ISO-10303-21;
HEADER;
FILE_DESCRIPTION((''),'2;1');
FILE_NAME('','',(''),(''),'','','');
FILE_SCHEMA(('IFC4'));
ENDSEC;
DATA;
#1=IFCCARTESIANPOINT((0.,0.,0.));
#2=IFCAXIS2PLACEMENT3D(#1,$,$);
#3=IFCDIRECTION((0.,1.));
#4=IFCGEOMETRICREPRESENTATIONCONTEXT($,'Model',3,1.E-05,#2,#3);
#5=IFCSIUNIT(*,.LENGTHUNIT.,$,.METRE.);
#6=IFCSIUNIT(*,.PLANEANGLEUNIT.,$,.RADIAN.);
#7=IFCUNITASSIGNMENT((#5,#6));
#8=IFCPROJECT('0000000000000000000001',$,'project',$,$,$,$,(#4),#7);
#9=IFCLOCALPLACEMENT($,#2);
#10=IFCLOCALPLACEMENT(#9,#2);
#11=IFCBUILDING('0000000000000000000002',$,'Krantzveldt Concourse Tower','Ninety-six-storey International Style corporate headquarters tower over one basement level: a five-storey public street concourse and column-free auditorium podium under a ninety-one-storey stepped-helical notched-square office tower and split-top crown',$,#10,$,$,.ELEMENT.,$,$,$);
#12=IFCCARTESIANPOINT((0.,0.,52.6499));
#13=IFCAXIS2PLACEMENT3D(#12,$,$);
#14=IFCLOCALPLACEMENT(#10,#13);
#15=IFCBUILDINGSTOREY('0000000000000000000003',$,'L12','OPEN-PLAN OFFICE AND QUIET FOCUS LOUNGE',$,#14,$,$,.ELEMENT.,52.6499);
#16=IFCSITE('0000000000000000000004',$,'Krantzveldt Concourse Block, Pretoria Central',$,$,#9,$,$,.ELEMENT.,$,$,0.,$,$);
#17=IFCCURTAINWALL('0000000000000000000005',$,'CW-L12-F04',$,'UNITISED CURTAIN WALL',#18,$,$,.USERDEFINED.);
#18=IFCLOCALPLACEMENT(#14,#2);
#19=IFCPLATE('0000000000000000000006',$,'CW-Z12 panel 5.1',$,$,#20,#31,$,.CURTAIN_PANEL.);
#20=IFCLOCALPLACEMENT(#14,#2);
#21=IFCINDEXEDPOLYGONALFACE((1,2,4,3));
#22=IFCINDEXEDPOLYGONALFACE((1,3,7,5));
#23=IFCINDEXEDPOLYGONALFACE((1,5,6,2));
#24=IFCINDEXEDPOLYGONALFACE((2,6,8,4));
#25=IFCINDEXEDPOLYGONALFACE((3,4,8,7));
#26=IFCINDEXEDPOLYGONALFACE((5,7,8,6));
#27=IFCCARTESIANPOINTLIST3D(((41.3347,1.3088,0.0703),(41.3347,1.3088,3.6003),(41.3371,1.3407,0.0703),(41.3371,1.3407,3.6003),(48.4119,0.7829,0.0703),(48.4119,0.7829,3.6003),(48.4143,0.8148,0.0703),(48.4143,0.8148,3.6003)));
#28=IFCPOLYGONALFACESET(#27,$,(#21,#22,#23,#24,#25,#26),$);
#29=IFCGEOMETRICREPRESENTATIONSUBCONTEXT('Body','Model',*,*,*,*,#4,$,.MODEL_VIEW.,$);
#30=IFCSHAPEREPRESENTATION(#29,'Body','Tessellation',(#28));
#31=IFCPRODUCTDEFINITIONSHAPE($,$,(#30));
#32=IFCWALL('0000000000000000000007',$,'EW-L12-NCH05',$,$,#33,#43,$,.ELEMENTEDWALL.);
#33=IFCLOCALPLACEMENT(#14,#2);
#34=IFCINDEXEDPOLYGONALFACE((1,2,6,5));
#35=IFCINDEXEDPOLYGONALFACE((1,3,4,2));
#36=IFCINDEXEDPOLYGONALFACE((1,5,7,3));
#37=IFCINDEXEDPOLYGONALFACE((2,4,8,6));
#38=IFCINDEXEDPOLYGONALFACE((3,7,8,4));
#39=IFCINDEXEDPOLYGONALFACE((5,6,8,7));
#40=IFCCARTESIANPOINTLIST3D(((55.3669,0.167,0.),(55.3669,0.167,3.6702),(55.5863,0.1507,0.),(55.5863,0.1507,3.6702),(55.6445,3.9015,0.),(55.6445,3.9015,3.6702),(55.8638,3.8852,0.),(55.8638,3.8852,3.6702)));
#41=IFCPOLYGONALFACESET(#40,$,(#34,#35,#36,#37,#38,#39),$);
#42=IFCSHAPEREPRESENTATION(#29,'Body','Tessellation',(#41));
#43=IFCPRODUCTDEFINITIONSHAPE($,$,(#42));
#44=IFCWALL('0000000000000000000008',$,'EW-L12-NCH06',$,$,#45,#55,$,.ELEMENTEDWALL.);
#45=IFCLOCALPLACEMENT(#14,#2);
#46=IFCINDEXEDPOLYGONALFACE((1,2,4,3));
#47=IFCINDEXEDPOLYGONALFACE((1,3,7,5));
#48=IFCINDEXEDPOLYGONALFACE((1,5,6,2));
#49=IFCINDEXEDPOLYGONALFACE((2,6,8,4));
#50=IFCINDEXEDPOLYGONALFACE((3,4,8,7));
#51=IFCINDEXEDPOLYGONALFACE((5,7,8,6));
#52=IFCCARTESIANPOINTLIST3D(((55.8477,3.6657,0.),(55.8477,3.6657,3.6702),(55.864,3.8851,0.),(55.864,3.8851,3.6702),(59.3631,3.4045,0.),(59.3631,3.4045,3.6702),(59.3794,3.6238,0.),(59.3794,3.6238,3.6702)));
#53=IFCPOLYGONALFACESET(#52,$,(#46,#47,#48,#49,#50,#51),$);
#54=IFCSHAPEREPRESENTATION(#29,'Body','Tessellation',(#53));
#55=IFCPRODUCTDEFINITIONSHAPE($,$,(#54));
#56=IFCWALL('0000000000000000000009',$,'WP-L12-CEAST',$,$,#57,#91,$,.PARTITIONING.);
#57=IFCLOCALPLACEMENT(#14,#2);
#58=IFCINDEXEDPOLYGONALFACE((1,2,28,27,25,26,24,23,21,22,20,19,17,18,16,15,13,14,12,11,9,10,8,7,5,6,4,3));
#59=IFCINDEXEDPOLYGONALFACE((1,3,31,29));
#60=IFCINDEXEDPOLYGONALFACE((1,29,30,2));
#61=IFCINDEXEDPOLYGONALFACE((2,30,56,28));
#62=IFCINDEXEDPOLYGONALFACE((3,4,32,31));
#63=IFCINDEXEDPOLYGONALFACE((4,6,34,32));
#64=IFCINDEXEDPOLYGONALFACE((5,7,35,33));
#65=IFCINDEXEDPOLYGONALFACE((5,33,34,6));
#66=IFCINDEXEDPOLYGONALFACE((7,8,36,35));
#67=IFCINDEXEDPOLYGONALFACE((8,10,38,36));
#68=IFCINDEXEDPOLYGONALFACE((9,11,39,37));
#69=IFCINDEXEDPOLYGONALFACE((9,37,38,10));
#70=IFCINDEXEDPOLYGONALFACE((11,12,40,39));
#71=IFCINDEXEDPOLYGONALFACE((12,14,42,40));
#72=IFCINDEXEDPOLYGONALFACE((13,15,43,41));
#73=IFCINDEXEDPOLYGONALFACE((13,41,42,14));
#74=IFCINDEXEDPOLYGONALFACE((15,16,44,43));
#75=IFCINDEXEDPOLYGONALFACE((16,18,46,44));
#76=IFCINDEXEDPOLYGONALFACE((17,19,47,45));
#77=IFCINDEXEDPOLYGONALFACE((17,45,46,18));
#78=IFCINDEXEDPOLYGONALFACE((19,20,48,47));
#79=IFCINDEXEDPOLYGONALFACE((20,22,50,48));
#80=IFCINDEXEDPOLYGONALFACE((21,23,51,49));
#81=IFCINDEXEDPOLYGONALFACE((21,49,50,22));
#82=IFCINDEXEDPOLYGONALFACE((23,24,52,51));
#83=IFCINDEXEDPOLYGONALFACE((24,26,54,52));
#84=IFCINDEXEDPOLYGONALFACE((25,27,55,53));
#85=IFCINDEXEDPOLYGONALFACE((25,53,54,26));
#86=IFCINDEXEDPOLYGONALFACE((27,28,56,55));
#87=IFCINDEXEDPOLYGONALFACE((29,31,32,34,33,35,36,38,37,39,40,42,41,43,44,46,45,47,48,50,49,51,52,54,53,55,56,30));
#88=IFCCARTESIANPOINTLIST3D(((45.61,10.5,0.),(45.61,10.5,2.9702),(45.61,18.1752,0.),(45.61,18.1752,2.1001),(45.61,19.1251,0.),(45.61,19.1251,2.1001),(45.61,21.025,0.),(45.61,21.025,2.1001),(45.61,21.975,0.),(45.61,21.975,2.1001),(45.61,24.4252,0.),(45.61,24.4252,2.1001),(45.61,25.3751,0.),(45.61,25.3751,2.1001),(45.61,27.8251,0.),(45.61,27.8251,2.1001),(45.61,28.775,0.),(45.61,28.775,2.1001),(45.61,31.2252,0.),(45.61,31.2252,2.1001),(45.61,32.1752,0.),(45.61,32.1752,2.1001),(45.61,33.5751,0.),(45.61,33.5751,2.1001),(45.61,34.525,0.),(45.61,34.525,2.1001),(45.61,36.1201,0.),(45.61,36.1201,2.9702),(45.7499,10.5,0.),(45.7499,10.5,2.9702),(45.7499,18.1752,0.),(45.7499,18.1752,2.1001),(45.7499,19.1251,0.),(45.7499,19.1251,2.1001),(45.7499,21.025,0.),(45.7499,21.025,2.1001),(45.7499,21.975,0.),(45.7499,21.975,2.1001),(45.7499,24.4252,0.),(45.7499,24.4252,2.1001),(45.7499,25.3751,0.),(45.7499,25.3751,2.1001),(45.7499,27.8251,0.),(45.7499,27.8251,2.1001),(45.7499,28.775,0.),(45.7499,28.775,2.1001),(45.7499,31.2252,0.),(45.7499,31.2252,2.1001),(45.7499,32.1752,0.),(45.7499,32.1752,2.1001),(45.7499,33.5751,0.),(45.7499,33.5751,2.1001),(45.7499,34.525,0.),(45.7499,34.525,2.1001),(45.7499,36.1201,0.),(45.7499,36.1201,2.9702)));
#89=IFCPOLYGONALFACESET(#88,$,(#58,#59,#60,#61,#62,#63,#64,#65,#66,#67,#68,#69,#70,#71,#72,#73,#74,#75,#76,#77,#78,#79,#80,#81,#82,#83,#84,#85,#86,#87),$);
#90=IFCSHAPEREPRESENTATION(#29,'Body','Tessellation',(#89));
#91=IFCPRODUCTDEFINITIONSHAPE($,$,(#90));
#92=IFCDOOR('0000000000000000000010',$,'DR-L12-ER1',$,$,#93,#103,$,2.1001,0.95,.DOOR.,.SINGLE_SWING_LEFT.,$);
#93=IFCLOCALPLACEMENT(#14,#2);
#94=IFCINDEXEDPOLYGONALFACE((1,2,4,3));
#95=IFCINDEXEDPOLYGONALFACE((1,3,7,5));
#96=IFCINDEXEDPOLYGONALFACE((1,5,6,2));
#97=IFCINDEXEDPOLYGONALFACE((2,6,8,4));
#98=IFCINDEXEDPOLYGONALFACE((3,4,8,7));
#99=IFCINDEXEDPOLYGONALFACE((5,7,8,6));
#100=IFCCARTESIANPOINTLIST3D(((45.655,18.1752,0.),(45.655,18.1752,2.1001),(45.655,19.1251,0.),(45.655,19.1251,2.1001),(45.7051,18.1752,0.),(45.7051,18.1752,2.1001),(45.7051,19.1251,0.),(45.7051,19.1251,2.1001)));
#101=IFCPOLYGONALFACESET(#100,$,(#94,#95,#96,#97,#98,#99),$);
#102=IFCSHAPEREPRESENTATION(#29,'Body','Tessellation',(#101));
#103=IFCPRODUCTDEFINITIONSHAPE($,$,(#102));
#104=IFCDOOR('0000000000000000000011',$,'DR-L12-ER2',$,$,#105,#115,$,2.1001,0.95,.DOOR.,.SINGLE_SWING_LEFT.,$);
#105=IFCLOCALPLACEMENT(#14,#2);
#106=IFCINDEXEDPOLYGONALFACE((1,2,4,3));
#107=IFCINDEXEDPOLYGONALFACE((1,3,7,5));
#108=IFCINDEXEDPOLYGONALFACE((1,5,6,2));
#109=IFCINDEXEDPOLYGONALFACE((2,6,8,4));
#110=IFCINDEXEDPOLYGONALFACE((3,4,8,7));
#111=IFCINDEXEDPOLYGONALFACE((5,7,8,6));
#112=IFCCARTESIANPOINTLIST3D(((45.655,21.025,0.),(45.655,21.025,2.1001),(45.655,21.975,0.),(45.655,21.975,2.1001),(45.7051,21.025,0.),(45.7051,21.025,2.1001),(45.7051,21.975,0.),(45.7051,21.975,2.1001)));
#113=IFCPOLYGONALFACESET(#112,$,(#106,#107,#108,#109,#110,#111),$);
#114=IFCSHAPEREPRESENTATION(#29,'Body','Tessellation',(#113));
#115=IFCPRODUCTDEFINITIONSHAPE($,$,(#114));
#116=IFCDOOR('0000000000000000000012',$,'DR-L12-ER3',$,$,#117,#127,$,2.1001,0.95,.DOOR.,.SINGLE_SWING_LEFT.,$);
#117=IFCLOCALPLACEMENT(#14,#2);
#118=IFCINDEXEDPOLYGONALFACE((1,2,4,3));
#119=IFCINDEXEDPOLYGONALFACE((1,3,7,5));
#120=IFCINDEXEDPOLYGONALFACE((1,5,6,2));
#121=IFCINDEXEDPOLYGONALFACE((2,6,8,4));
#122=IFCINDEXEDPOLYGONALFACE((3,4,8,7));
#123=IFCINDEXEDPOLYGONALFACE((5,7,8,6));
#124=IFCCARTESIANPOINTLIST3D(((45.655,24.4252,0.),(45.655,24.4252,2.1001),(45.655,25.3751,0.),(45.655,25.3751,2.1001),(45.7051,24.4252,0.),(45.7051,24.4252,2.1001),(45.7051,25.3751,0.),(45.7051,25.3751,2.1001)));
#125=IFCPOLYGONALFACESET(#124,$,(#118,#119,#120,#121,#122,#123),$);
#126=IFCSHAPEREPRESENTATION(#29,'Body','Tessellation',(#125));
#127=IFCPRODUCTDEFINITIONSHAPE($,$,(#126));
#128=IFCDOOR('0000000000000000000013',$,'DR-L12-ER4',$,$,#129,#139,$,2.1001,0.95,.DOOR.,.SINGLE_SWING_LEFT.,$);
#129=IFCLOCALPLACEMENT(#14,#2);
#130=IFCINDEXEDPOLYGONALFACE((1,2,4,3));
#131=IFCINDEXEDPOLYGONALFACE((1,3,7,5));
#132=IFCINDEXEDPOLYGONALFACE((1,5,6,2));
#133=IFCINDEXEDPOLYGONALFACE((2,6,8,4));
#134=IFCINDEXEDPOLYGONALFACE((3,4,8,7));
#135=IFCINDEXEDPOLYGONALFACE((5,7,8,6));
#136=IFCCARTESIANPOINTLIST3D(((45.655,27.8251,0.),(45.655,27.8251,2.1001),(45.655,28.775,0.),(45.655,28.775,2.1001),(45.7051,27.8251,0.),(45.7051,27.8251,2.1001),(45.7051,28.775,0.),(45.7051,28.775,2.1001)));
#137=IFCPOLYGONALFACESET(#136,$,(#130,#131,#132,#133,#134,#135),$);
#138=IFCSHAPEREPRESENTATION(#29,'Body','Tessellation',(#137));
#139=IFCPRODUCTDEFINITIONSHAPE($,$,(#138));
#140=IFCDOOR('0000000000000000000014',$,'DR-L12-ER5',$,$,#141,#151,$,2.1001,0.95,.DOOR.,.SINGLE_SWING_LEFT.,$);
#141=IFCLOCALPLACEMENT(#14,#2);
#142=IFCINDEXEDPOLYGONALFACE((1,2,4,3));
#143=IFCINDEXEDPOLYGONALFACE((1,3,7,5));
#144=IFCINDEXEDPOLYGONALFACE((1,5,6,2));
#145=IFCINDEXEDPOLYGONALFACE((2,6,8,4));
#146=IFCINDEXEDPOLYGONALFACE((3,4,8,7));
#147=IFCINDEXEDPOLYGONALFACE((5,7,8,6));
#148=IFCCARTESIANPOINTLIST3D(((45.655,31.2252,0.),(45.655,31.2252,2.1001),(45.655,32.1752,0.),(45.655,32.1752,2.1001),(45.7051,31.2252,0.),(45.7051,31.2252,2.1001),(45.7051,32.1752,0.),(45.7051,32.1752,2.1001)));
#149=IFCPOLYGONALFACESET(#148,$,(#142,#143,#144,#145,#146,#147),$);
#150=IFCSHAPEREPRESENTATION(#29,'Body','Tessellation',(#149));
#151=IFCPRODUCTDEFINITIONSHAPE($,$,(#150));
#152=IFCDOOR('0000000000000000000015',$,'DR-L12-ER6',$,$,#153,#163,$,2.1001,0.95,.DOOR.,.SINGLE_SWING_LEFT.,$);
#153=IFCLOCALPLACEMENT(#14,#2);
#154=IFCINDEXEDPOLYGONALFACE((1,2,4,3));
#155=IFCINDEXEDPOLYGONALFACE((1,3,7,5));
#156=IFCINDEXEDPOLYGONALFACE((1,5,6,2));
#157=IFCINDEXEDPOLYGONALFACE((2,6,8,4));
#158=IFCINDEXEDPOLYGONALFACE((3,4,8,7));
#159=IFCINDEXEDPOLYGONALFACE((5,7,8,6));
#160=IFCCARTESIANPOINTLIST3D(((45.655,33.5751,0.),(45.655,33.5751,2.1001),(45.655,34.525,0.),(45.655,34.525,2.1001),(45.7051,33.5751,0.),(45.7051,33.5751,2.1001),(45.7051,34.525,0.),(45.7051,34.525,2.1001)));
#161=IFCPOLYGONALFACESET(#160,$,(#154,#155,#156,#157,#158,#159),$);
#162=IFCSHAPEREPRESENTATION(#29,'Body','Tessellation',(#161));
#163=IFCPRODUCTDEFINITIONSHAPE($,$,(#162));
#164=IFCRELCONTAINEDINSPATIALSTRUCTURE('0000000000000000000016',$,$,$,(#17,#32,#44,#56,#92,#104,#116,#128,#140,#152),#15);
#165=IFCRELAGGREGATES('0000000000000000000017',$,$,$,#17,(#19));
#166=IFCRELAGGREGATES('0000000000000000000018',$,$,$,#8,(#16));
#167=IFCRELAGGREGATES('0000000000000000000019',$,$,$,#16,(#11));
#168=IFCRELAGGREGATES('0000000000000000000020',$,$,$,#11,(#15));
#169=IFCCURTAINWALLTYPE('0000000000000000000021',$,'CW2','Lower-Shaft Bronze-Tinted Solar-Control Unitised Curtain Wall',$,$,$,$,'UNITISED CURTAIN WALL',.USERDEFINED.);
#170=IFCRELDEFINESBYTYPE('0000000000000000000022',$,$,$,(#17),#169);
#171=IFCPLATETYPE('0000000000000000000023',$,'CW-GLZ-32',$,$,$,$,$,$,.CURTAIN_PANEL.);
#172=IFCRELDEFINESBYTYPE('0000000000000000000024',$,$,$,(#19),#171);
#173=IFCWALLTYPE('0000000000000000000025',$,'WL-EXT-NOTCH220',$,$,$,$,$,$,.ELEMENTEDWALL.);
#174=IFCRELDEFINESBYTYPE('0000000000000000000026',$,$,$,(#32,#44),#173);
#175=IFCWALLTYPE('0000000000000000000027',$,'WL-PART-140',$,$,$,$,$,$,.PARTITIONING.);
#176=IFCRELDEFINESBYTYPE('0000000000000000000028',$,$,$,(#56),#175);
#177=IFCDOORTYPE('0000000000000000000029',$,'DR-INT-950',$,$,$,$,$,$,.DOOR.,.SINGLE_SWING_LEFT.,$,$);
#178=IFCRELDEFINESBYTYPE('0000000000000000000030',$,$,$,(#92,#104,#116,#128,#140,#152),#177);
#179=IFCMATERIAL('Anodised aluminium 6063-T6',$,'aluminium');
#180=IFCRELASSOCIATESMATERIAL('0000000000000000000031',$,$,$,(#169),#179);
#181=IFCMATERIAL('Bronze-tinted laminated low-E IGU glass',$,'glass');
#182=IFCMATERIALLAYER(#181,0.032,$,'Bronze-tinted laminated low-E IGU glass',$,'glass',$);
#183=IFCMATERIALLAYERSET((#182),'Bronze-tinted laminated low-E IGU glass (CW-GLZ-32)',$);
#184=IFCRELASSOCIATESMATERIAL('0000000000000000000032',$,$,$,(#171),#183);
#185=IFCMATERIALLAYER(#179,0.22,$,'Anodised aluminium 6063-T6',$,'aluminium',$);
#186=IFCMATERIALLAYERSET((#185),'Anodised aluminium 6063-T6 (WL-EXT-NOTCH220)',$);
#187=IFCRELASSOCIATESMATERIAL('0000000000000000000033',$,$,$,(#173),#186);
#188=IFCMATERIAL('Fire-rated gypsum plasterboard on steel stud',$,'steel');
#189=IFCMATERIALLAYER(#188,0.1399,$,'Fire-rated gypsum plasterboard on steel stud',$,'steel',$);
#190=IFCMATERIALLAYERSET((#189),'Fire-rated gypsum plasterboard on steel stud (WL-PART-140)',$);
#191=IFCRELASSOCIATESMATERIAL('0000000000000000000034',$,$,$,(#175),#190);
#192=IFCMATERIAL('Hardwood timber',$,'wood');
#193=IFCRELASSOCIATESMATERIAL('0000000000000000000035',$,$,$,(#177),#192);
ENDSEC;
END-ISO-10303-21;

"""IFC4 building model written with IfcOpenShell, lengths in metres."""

from ifc_helpers import new_model, si_unit, direction, frame, frame_2d, origin, origin_2d, place, context, subcontext, project, spatial, rectangle, extrude, source, transform, mapped, material, layer, layer_set, type_object, element, fill, aggregate, save


model = new_model("IFC4")

# Units and contexts
model_context = context("Model", 3, precision=1e-05, world=origin(), true_north=direction((0.0, 1.0)))
body_context = subcontext(model_context, "Body", "Model", "MODEL_VIEW")
ifc_project = project(units=[si_unit("LENGTHUNIT", "METRE"), si_unit("PLANEANGLEUNIT", "RADIAN")], contexts=[model_context])

# Site, building, storey
site_placement = place(None, origin())
site = spatial("IfcSite", under=ifc_project, at=site_placement, Name="Krantzveldt Concourse Block, Pretoria Central", CompositionType="ELEMENT", RefElevation=0.0)
building_placement = place(site_placement, origin())
building = spatial("IfcBuilding", under=site, at=building_placement, Name="Krantzveldt Concourse Tower", Description="Ninety-six-storey International Style corporate headquarters tower over one basement level: a five-storey public street concourse and column-free auditorium podium under a ninety-one-storey stepped-helical notched-square office tower and split-top crown", CompositionType="ELEMENT")
storey_placement = place(building_placement, frame((0.0, 0.0, 52.6499)))
storey = spatial("IfcBuildingStorey", under=building, at=storey_placement, Name="L12", Description="OPEN-PLAN OFFICE AND QUIET FOCUS LOUNGE", CompositionType="ELEMENT", Elevation=52.6499)

# Curtain wall
ifc_material_1 = material(Name="Anodised aluminium 6063-T6", Category="aluminium")
curtain_wall_type = type_object("IfcCurtainWallType", Name="CW2", Description="Lower-Shaft Bronze-Tinted Solar-Control Unitised Curtain Wall", ElementType="UNITISED CURTAIN WALL", PredefinedType="USERDEFINED", material=ifc_material_1)
curtain_wall_1_placement = place(storey_placement, origin())
curtain_wall_1 = element("IfcCurtainWall", 1, at=curtain_wall_1_placement, inside=storey, type_object=curtain_wall_type, Name="CW-L12-F04", ObjectType="UNITISED CURTAIN WALL", PredefinedType="USERDEFINED")

# Plate
ifc_material_2 = material(Name="Bronze-tinted laminated low-E IGU glass", Category="glass")
ifc_layer_1 = layer(ifc_material_2, 0.032, Name="Bronze-tinted laminated low-E IGU glass", Category="glass")
ifc_layer_set_1 = layer_set([ifc_layer_1], Name="Bronze-tinted laminated low-E IGU glass (CW-GLZ-32)")
plate_type = type_object("IfcPlateType", Name="CW-GLZ-32", PredefinedType="CURTAIN_PANEL", material=ifc_layer_set_1)
shared_shape_1 = source(origin(), body_context, "Body", "SweptSolid", [
    extrude(rectangle(XDim=7.0967, YDim=0.032, at=origin_2d()), origin(), (0.0, 0.0, 1.0), 3.53),
])
plate_1_placement = place(storey_placement, frame((44.8745, 1.0618, 0.0703), z_axis=(0.0, 0.0, 1.0), x_axis=(0.99725, -0.074109, 0.0)))
plate_1 = element("IfcPlate", 2, at=plate_1_placement, type_object=plate_type, Name="CW-Z12 panel 5.1", PredefinedType="CURTAIN_PANEL", context=body_context, shape_type="MappedRepresentation", body=[
    mapped(shared_shape_1, transform((0.0, 0.0, 0.0), x_axis=(1.0, 0.0, 0.0), y_axis=(0.0, 1.0, 0.0), z_axis=(0.0, 0.0, 1.0), scale=1.0)),
])
aggregate(curtain_wall_1, [plate_1])

# Walls
ifc_layer_2 = layer(ifc_material_1, 0.22, Name="Anodised aluminium 6063-T6", Category="aluminium")
ifc_layer_set_2 = layer_set([ifc_layer_2], Name="Anodised aluminium 6063-T6 (WL-EXT-NOTCH220)")
wall_type_1 = type_object("IfcWallType", Name="WL-EXT-NOTCH220", PredefinedType="ELEMENTEDWALL", material=ifc_layer_set_2)
wall_1_placement = place(storey_placement, frame((55.4766, 0.1587, 0.0), z_axis=(0.0, 0.0, 1.0), x_axis=(0.074124, 0.997249, 0.0)))
element("IfcWall", 3, at=wall_1_placement, inside=storey, type_object=wall_type_1, Name="EW-L12-NCH05", PredefinedType="ELEMENTEDWALL", context=body_context, shape_type="SweptSolid", body=[
    extrude(rectangle(XDim=3.7449, YDim=0.22, at=frame_2d((1.8726, 0.0))), origin(), (0.0, 0.0, 1.0), 3.6702),
])
wall_2_placement = place(storey_placement, frame((55.8557, 3.7754, 0.0), z_axis=(0.0, 0.0, 1.0), x_axis=(0.99725, -0.074106, 0.0)))
element("IfcWall", 4, at=wall_2_placement, inside=storey, type_object=wall_type_1, Name="EW-L12-NCH06", PredefinedType="ELEMENTEDWALL", context=body_context, shape_type="SweptSolid", body=[
    extrude(rectangle(XDim=3.5251, YDim=0.22, at=frame_2d((1.7627, 0.0))), origin(), (0.0, 0.0, 1.0), 3.6702),
])

# Wall, openings, doors
ifc_material_3 = material(Name="Fire-rated gypsum plasterboard on steel stud", Category="steel")
ifc_layer_3 = layer(ifc_material_3, 0.1399, Name="Fire-rated gypsum plasterboard on steel stud", Category="steel")
ifc_layer_set_3 = layer_set([ifc_layer_3], Name="Fire-rated gypsum plasterboard on steel stud (WL-PART-140)")
wall_type_2 = type_object("IfcWallType", Name="WL-PART-140", PredefinedType="PARTITIONING", material=ifc_layer_set_3)
wall_3_placement = place(storey_placement, frame((45.6799, 10.5, 0.0), z_axis=(0.0, 0.0, 1.0), x_axis=(0.0, 1.0, 0.0)))
wall_3 = element("IfcWall", 5, at=wall_3_placement, inside=storey, type_object=wall_type_2, Name="WP-L12-CEAST", PredefinedType="PARTITIONING", context=body_context, shape_type="SweptSolid", body=[
    extrude(rectangle(XDim=25.6201, YDim=0.1399, at=frame_2d((12.8101, 0.0))), origin(), (0.0, 0.0, 1.0), 2.9702),
])
opening_1_placement = place(wall_3_placement, frame((7.675, 0.0, 0.0)))
opening_1 = element("IfcOpeningElement", 6, at=opening_1_placement, cuts=wall_3, PredefinedType="OPENING", context=body_context, shape_type="SweptSolid", body=[
    extrude(rectangle(XDim=0.95, YDim=2.1001, at=frame_2d((0.4751, 1.05))), frame((0.0, 0.0801, 0.0), z_axis=(0.0, -1.0, 0.0), x_axis=(1.0, 0.0, 0.0)), (0.0, 0.0, 1.0), 0.1599),
])
opening_2_placement = place(wall_3_placement, frame((10.5249, 0.0, 0.0)))
opening_2 = element("IfcOpeningElement", 7, at=opening_2_placement, cuts=wall_3, PredefinedType="OPENING", context=body_context, shape_type="SweptSolid", body=[
    extrude(rectangle(XDim=0.95, YDim=2.1001, at=frame_2d((0.4751, 1.05))), frame((0.0, 0.0801, 0.0), z_axis=(0.0, -1.0, 0.0), x_axis=(1.0, 0.0, 0.0)), (0.0, 0.0, 1.0), 0.1599),
])
opening_3_placement = place(wall_3_placement, frame((13.925, 0.0, 0.0)))
opening_3 = element("IfcOpeningElement", 8, at=opening_3_placement, cuts=wall_3, PredefinedType="OPENING", context=body_context, shape_type="SweptSolid", body=[
    extrude(rectangle(XDim=0.95, YDim=2.1001, at=frame_2d((0.4751, 1.05))), frame((0.0, 0.0801, 0.0), z_axis=(0.0, -1.0, 0.0), x_axis=(1.0, 0.0, 0.0)), (0.0, 0.0, 1.0), 0.1599),
])
opening_4_placement = place(wall_3_placement, frame((17.325, 0.0, 0.0)))
opening_4 = element("IfcOpeningElement", 9, at=opening_4_placement, cuts=wall_3, PredefinedType="OPENING", context=body_context, shape_type="SweptSolid", body=[
    extrude(rectangle(XDim=0.95, YDim=2.1001, at=frame_2d((0.4751, 1.05))), frame((0.0, 0.0801, 0.0), z_axis=(0.0, -1.0, 0.0), x_axis=(1.0, 0.0, 0.0)), (0.0, 0.0, 1.0), 0.1599),
])
opening_5_placement = place(wall_3_placement, frame((20.7251, 0.0, 0.0)))
opening_5 = element("IfcOpeningElement", 10, at=opening_5_placement, cuts=wall_3, PredefinedType="OPENING", context=body_context, shape_type="SweptSolid", body=[
    extrude(rectangle(XDim=0.95, YDim=2.1001, at=frame_2d((0.4751, 1.05))), frame((0.0, 0.0801, 0.0), z_axis=(0.0, -1.0, 0.0), x_axis=(1.0, 0.0, 0.0)), (0.0, 0.0, 1.0), 0.1599),
])
opening_6_placement = place(wall_3_placement, frame((23.075, 0.0, 0.0)))
opening_6 = element("IfcOpeningElement", 11, at=opening_6_placement, cuts=wall_3, PredefinedType="OPENING", context=body_context, shape_type="SweptSolid", body=[
    extrude(rectangle(XDim=0.95, YDim=2.1001, at=frame_2d((0.4751, 1.05))), frame((0.0, 0.0801, 0.0), z_axis=(0.0, -1.0, 0.0), x_axis=(1.0, 0.0, 0.0)), (0.0, 0.0, 1.0), 0.1599),
])
ifc_material_4 = material(Name="Hardwood timber", Category="wood")
door_type = type_object("IfcDoorType", Name="DR-INT-950", OperationType="SINGLE_SWING_LEFT", PredefinedType="DOOR", material=ifc_material_4)
door_1_placement = place(opening_1_placement, origin())
door_1 = element("IfcDoor", 12, at=door_1_placement, inside=storey, type_object=door_type, Name="DR-L12-ER1", OperationType="SINGLE_SWING_LEFT", OverallHeight=2.1001, OverallWidth=0.95, PredefinedType="DOOR", context=body_context, shape_type="SweptSolid", body=[
    extrude(rectangle(XDim=0.95, YDim=2.1001, at=frame_2d((0.4751, 1.05))), frame((0.0, 0.0249, 0.0), z_axis=(0.0, -1.0, 0.0), x_axis=(1.0, 0.0, 0.0)), (0.0, 0.0, 1.0), 0.05),
])
fill(opening_1, door_1)
door_2_placement = place(opening_2_placement, origin())
door_2 = element("IfcDoor", 13, at=door_2_placement, inside=storey, type_object=door_type, Name="DR-L12-ER2", OperationType="SINGLE_SWING_LEFT", OverallHeight=2.1001, OverallWidth=0.95, PredefinedType="DOOR", context=body_context, shape_type="SweptSolid", body=[
    extrude(rectangle(XDim=0.95, YDim=2.1001, at=frame_2d((0.4751, 1.05))), frame((0.0, 0.0249, 0.0), z_axis=(0.0, -1.0, 0.0), x_axis=(1.0, 0.0, 0.0)), (0.0, 0.0, 1.0), 0.05),
])
fill(opening_2, door_2)
door_3_placement = place(opening_3_placement, origin())
door_3 = element("IfcDoor", 14, at=door_3_placement, inside=storey, type_object=door_type, Name="DR-L12-ER3", OperationType="SINGLE_SWING_LEFT", OverallHeight=2.1001, OverallWidth=0.95, PredefinedType="DOOR", context=body_context, shape_type="SweptSolid", body=[
    extrude(rectangle(XDim=0.95, YDim=2.1001, at=frame_2d((0.4751, 1.05))), frame((0.0, 0.0249, 0.0), z_axis=(0.0, -1.0, 0.0), x_axis=(1.0, 0.0, 0.0)), (0.0, 0.0, 1.0), 0.05),
])
fill(opening_3, door_3)
door_4_placement = place(opening_4_placement, origin())
door_4 = element("IfcDoor", 15, at=door_4_placement, inside=storey, type_object=door_type, Name="DR-L12-ER4", OperationType="SINGLE_SWING_LEFT", OverallHeight=2.1001, OverallWidth=0.95, PredefinedType="DOOR", context=body_context, shape_type="SweptSolid", body=[
    extrude(rectangle(XDim=0.95, YDim=2.1001, at=frame_2d((0.4751, 1.05))), frame((0.0, 0.0249, 0.0), z_axis=(0.0, -1.0, 0.0), x_axis=(1.0, 0.0, 0.0)), (0.0, 0.0, 1.0), 0.05),
])
fill(opening_4, door_4)
door_5_placement = place(opening_5_placement, origin())
door_5 = element("IfcDoor", 16, at=door_5_placement, inside=storey, type_object=door_type, Name="DR-L12-ER5", OperationType="SINGLE_SWING_LEFT", OverallHeight=2.1001, OverallWidth=0.95, PredefinedType="DOOR", context=body_context, shape_type="SweptSolid", body=[
    extrude(rectangle(XDim=0.95, YDim=2.1001, at=frame_2d((0.4751, 1.05))), frame((0.0, 0.0249, 0.0), z_axis=(0.0, -1.0, 0.0), x_axis=(1.0, 0.0, 0.0)), (0.0, 0.0, 1.0), 0.05),
])
fill(opening_5, door_5)
door_6_placement = place(opening_6_placement, origin())
door_6 = element("IfcDoor", 17, at=door_6_placement, inside=storey, type_object=door_type, Name="DR-L12-ER6", OperationType="SINGLE_SWING_LEFT", OverallHeight=2.1001, OverallWidth=0.95, PredefinedType="DOOR", context=body_context, shape_type="SweptSolid", body=[
    extrude(rectangle(XDim=0.95, YDim=2.1001, at=frame_2d((0.4751, 1.05))), frame((0.0, 0.0249, 0.0), z_axis=(0.0, -1.0, 0.0), x_axis=(1.0, 0.0, 0.0)), (0.0, 0.0, 1.0), 0.05),
])
fill(opening_6, door_6)

save(model, "model.ifc")
